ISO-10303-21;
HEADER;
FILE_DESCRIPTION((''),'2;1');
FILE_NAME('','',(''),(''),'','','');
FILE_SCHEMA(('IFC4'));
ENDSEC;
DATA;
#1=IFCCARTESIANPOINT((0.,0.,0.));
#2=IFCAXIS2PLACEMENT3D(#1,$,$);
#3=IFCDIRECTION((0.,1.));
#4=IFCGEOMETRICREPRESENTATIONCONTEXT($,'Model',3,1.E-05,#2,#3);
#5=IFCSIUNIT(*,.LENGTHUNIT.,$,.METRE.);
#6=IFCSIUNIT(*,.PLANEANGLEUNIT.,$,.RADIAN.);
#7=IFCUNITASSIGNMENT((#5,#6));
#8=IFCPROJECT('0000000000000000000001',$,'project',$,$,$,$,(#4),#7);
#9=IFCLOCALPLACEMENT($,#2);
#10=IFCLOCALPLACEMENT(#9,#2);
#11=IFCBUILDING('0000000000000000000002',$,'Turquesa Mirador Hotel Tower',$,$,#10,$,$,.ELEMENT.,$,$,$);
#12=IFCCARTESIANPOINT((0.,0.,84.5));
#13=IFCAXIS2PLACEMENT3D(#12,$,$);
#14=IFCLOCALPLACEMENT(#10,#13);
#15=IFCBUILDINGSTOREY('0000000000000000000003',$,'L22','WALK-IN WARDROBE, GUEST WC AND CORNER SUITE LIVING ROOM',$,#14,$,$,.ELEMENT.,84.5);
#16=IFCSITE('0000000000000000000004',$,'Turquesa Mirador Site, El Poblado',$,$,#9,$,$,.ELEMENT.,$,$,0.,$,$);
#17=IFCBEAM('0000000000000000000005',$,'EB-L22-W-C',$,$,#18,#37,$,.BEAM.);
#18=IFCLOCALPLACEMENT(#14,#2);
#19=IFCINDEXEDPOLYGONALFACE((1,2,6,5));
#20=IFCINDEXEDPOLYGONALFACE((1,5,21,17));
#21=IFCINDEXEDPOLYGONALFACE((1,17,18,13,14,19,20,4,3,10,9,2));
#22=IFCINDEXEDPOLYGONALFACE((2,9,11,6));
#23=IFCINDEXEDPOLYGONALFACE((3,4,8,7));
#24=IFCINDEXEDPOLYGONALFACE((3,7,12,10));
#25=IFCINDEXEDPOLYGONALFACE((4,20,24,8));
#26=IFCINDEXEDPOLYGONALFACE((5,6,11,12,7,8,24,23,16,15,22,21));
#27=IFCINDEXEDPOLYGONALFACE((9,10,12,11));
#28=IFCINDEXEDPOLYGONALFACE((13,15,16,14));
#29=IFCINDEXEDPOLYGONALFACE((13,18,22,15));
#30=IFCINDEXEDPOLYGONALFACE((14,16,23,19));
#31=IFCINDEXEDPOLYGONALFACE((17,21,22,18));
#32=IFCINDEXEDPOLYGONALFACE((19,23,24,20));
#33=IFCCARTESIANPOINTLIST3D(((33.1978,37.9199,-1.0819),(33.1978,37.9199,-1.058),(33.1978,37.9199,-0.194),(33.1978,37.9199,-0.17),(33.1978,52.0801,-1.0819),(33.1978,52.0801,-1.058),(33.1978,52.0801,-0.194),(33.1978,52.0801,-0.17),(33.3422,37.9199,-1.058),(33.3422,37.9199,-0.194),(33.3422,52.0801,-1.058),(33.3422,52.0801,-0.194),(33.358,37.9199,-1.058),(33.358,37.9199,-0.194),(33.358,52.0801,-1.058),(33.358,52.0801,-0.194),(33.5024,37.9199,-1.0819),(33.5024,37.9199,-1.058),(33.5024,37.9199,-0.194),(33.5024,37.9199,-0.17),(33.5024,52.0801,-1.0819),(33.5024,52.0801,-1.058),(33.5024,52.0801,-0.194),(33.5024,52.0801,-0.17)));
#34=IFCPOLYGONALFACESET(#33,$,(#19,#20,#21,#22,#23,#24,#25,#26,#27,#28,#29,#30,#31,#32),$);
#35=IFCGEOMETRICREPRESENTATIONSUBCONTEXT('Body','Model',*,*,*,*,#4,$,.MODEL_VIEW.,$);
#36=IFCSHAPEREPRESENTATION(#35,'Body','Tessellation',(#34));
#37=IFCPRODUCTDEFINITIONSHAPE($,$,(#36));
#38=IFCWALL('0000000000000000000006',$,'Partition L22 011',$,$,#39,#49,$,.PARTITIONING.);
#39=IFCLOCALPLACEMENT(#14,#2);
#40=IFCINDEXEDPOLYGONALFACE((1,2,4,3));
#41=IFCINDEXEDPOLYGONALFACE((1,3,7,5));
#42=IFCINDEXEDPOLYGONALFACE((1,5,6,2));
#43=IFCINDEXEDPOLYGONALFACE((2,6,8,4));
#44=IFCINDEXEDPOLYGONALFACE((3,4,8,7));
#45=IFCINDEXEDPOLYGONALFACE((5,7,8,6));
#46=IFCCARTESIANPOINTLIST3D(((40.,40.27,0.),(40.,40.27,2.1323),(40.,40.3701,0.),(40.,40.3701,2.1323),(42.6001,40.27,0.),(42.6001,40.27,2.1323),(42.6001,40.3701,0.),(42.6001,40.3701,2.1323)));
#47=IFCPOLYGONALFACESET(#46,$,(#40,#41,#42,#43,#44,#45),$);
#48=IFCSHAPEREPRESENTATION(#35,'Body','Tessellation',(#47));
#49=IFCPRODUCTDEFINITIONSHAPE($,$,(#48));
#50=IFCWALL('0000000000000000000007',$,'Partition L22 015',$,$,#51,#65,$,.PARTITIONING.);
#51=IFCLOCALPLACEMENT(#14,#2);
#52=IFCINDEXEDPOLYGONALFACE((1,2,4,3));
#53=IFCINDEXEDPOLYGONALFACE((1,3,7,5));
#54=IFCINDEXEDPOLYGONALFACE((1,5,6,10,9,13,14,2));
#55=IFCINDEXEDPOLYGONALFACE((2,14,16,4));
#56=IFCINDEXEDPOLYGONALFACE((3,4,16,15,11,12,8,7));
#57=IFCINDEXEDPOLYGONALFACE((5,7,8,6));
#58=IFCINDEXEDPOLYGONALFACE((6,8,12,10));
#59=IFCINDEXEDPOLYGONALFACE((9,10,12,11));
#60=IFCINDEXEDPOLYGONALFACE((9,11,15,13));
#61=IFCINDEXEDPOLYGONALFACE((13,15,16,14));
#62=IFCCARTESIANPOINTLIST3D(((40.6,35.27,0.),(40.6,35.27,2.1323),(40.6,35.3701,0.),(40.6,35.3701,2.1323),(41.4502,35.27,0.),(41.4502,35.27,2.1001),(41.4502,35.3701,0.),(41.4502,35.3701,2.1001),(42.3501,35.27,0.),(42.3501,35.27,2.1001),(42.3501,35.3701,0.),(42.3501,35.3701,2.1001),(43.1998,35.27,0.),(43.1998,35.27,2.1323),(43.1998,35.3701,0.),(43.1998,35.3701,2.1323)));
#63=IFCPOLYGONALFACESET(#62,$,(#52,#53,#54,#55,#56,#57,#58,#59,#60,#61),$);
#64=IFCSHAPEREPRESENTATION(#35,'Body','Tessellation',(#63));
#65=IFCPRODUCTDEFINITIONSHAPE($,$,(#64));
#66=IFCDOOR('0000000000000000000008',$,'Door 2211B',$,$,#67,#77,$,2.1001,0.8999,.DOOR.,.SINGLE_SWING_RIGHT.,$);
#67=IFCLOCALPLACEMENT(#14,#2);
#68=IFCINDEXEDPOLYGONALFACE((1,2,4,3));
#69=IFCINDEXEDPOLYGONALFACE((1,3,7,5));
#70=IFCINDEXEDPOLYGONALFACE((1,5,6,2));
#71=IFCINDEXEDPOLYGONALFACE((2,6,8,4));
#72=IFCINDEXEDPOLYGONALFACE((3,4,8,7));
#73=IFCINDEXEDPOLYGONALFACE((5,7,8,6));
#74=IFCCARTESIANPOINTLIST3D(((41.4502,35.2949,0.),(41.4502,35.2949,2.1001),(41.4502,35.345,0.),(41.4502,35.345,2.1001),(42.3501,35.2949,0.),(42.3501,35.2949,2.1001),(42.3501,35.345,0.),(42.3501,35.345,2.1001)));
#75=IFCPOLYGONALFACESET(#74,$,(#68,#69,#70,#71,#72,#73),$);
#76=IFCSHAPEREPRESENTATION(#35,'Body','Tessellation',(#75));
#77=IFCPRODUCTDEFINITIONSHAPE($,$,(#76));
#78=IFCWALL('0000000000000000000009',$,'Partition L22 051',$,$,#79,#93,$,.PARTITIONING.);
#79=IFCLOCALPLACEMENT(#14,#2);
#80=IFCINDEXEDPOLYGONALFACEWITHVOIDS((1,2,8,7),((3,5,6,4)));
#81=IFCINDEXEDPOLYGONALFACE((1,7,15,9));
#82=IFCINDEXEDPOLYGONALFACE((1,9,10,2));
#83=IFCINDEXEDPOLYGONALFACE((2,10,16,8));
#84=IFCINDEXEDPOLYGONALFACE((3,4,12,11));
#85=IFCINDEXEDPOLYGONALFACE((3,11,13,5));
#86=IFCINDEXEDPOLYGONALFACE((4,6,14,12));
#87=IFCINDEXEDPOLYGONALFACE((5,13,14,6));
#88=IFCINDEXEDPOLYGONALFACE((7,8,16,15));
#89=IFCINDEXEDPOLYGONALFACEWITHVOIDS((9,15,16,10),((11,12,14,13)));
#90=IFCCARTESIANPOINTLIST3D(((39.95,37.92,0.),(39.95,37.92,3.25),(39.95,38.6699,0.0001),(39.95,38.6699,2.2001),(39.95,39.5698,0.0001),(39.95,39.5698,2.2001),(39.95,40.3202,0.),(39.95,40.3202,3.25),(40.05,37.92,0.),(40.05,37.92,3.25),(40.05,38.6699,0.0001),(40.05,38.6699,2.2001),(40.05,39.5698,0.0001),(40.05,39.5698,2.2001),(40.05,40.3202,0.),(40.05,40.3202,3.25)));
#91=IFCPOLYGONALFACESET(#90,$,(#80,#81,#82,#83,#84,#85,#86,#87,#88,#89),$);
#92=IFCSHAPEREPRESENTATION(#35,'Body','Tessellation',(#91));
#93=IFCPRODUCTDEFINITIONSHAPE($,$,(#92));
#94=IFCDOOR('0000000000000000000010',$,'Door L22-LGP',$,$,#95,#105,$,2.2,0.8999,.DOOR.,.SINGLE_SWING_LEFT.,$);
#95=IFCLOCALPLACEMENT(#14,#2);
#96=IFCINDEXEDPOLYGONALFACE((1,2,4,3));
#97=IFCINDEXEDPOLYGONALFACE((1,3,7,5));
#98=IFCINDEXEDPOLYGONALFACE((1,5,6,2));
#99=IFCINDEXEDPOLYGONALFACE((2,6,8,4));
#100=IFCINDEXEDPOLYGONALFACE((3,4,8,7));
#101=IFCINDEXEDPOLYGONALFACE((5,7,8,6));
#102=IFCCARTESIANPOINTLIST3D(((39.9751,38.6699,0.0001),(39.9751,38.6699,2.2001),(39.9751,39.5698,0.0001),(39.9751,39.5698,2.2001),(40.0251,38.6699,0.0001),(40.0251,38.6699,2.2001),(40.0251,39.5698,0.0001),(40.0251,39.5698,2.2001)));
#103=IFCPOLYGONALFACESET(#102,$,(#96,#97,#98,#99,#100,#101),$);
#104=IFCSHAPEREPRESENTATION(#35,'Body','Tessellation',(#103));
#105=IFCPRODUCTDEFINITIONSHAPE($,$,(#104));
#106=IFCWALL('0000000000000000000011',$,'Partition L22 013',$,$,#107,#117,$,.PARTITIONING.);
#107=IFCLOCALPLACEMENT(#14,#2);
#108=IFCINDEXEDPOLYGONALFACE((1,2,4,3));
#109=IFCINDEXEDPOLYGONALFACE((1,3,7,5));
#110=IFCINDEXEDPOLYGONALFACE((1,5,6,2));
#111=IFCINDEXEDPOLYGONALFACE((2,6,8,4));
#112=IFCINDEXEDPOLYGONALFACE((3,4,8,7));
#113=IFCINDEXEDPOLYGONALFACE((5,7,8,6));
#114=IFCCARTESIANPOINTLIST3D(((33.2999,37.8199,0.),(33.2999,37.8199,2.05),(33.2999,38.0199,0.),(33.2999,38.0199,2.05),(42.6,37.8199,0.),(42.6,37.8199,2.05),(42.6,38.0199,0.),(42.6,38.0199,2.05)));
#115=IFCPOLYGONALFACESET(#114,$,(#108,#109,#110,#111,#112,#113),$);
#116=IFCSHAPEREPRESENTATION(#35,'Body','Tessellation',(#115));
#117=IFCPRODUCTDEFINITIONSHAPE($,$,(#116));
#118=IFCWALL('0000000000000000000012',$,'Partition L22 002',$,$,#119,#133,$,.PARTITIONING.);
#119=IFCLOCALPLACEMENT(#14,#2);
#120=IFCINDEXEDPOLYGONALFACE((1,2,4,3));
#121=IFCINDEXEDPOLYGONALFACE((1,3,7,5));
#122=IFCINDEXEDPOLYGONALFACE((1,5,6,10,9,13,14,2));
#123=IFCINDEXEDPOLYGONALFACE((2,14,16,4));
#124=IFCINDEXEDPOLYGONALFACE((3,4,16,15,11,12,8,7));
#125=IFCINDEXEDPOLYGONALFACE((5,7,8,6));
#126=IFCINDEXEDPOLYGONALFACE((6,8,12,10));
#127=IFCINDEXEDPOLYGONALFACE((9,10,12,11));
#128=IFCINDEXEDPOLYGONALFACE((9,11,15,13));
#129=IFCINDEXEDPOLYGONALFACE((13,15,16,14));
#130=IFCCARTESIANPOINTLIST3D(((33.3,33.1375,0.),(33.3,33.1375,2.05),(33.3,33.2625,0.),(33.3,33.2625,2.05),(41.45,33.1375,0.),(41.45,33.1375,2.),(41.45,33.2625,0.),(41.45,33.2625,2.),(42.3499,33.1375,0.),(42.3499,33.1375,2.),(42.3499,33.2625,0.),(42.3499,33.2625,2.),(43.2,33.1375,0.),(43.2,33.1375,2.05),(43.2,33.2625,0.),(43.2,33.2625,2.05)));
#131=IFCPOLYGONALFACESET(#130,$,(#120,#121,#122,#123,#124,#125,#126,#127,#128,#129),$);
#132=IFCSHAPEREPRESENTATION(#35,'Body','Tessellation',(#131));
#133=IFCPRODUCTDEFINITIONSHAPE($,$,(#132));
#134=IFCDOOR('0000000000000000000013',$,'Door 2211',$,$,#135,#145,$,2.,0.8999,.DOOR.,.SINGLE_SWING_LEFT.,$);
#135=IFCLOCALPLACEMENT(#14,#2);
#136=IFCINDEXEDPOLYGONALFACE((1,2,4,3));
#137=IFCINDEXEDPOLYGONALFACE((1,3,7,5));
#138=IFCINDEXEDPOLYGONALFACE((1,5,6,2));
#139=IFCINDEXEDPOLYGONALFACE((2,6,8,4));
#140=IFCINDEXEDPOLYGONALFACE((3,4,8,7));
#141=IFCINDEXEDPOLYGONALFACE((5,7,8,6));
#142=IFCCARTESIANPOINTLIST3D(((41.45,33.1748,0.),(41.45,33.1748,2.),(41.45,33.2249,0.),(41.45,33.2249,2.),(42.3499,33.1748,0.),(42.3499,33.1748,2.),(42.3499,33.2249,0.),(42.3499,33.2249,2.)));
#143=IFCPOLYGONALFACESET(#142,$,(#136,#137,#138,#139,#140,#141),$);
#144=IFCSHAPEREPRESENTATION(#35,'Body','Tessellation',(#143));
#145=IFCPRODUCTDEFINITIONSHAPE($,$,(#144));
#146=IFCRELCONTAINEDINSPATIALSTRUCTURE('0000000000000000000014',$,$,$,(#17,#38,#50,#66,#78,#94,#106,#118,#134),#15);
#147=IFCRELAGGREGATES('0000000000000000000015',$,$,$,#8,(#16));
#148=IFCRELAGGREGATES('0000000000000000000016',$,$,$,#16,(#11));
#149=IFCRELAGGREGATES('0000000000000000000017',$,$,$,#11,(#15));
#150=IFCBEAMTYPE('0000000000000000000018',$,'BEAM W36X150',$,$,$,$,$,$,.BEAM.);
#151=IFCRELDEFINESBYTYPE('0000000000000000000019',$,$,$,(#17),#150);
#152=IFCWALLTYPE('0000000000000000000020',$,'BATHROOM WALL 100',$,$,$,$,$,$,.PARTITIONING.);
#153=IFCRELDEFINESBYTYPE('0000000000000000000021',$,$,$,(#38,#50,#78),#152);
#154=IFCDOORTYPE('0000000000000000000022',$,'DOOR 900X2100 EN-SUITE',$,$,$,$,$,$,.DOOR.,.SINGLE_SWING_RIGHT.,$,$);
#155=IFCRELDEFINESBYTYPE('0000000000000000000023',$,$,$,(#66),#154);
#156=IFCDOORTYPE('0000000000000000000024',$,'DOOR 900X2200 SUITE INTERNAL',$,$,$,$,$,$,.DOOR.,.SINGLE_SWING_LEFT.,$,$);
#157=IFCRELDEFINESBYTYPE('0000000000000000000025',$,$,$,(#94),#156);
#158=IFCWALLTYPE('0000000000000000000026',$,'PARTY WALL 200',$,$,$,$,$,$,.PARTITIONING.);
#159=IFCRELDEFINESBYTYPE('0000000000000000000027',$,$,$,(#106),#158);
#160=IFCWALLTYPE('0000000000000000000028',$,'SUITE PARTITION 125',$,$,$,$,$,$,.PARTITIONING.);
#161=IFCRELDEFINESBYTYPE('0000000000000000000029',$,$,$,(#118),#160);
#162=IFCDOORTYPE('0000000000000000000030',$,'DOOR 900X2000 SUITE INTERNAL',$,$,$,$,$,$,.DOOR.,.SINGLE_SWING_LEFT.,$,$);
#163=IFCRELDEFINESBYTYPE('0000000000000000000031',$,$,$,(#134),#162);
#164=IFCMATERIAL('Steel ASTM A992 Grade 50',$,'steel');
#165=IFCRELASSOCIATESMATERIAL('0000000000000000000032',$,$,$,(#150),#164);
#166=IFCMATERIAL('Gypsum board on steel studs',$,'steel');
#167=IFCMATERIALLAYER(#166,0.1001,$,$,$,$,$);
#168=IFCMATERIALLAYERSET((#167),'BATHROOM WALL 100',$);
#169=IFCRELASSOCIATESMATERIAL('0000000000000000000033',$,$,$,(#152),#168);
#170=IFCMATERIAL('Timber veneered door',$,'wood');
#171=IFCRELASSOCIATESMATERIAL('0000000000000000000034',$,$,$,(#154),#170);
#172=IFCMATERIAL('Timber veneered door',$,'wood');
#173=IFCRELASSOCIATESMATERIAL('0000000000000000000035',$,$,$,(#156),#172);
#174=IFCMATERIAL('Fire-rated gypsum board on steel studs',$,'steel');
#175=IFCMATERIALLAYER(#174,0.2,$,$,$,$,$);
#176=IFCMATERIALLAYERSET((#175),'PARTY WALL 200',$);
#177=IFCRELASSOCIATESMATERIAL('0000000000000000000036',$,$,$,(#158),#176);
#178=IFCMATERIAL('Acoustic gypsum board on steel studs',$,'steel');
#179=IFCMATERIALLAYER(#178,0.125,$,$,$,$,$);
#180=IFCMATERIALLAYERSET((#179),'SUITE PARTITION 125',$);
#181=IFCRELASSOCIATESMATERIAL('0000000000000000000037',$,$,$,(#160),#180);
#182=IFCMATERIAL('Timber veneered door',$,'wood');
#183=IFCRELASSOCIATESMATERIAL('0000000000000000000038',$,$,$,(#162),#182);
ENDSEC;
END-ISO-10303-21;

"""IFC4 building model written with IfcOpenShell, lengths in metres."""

from ifc_helpers import new_model, si_unit, direction, frame, frame_2d, origin, origin_2d, place, context, subcontext, project, spatial, rectangle, i_section, extrude, material, layer, layer_set, material_profile, profile_set, type_object, element, fill, save


model = new_model("IFC4")

# Units and contexts
model_context = context("Model", 3, precision=1e-05, world=origin(), true_north=direction((0.0, 1.0)))
body_context = subcontext(model_context, "Body", "Model", "MODEL_VIEW")
ifc_project = project(units=[si_unit("LENGTHUNIT", "METRE"), si_unit("PLANEANGLEUNIT", "RADIAN")], contexts=[model_context])

# Site, building, storey
site_placement = place(None, origin())
site = spatial("IfcSite", under=ifc_project, at=site_placement, Name="Turquesa Mirador Site, El Poblado", CompositionType="ELEMENT", RefElevation=0.0)
building_placement = place(site_placement, origin())
building = spatial("IfcBuilding", under=site, at=building_placement, Name="Turquesa Mirador Hotel Tower", CompositionType="ELEMENT")
storey_placement = place(building_placement, frame((0.0, 0.0, 84.5)))
storey = spatial("IfcBuildingStorey", under=building, at=storey_placement, Name="L22", Description="WALK-IN WARDROBE, GUEST WC AND CORNER SUITE LIVING ROOM", CompositionType="ELEMENT", Elevation=84.5)

# Beam
ifc_material_1 = material(Name="Steel ASTM A992 Grade 50", Category="steel")
ifc_material_profile_1 = material_profile(ifc_material_1, i_section(OverallWidth=0.3047, OverallDepth=0.9119, WebThickness=0.0159, FlangeThickness=0.0239, at=origin_2d()), Name="W36X150")
ifc_profile_set_1 = profile_set([ifc_material_profile_1], Name="Steel ASTM A992 Grade 50")
beam_type_1 = type_object("IfcBeamType", Name="BEAM W36X150", PredefinedType="BEAM", material=ifc_profile_set_1)
beam_1_placement = place(storey_placement, frame((33.3501, 37.9199, -0.626), z_axis=(0.0, 1.0, 0.0), x_axis=(-1.0, 0.0, 0.0)))
element("IfcBeam", 1, at=beam_1_placement, inside=storey, type_object=beam_type_1, Name="EB-L22-W-C", PredefinedType="BEAM", context=body_context, shape_type="SweptSolid", body=[
    extrude(i_section(OverallWidth=0.3047, OverallDepth=0.9119, WebThickness=0.0159, FlangeThickness=0.0239, at=origin_2d()), origin(), (0.0, 0.0, 1.0), 14.1602),
])

# Wall
ifc_material_2 = material(Name="Gypsum board on steel studs", Category="steel")
ifc_layer_1 = layer(ifc_material_2, 0.1001)
ifc_layer_set_1 = layer_set([ifc_layer_1], Name="BATHROOM WALL 100")
wall_type_1 = type_object("IfcWallType", Name="BATHROOM WALL 100", PredefinedType="PARTITIONING", material=ifc_layer_set_1)
wall_1_placement = place(storey_placement, frame((40.0, 40.3201, 0.0), z_axis=(0.0, 0.0, 1.0), x_axis=(1.0, 0.0, 0.0)))
element("IfcWall", 2, at=wall_1_placement, inside=storey, type_object=wall_type_1, Name="Partition L22 011", PredefinedType="PARTITIONING", context=body_context, shape_type="SweptSolid", body=[
    extrude(rectangle(XDim=2.6001, YDim=0.1001, at=frame_2d((1.3, 0.0))), origin(), (0.0, 0.0, 1.0), 2.1323),
])

# Walls, openings, doors
wall_2_placement = place(storey_placement, frame((40.6001, 35.3201, 0.0), z_axis=(0.0, 0.0, 1.0), x_axis=(1.0, 0.0, 0.0)))
wall_2 = element("IfcWall", 3, at=wall_2_placement, inside=storey, type_object=wall_type_1, Name="Partition L22 015", PredefinedType="PARTITIONING", context=body_context, shape_type="SweptSolid", body=[
    extrude(rectangle(XDim=2.5999, YDim=0.1001, at=frame_2d((1.2998, 0.0))), origin(), (0.0, 0.0, 1.0), 2.1323),
])
opening_1_placement = place(wall_2_placement, frame((0.8501, 0.0, 0.0)))
opening_1 = element("IfcOpeningElement", 4, at=opening_1_placement, cuts=wall_2, PredefinedType="OPENING", context=body_context, shape_type="SweptSolid", body=[
    extrude(rectangle(XDim=0.8999, YDim=2.1001, at=frame_2d((0.45, 1.05))), frame((0.0, 0.0601, 0.0), z_axis=(0.0, -1.0, 0.0), x_axis=(1.0, 0.0, 0.0)), (0.0, 0.0, 1.0), 0.1201),
])
ifc_material_3 = material(Name="Timber veneered door", Category="wood")
door_type_1 = type_object("IfcDoorType", Name="DOOR 900X2100 EN-SUITE", OperationType="SINGLE_SWING_RIGHT", PredefinedType="DOOR", material=ifc_material_3)
door_1_placement = place(opening_1_placement, origin())
door_1 = element("IfcDoor", 5, at=door_1_placement, inside=storey, type_object=door_type_1, Name="Door 2211B", OperationType="SINGLE_SWING_RIGHT", OverallHeight=2.1001, OverallWidth=0.8999, PredefinedType="DOOR", context=body_context, shape_type="SweptSolid", body=[
    extrude(rectangle(XDim=0.8999, YDim=2.1001, at=frame_2d((0.45, 1.05))), frame((0.0, 0.0249, 0.0), z_axis=(0.0, -1.0, 0.0), x_axis=(1.0, 0.0, 0.0)), (0.0, 0.0, 1.0), 0.05),
])
fill(opening_1, door_1)
wall_3_placement = place(storey_placement, frame((40.0, 37.9199, 0.0), z_axis=(0.0, 0.0, 1.0), x_axis=(0.0, 1.0, 0.0)))
wall_3 = element("IfcWall", 6, at=wall_3_placement, inside=storey, type_object=wall_type_1, Name="Partition L22 051", PredefinedType="PARTITIONING", context=body_context, shape_type="SweptSolid", body=[
    extrude(rectangle(XDim=2.4001, YDim=0.1001, at=frame_2d((1.2002, 0.0))), origin(), (0.0, 0.0, 1.0), 3.25),
])
opening_2_placement = place(wall_3_placement, frame((0.75, 0.0, 0.0)))
opening_2 = element("IfcOpeningElement", 7, at=opening_2_placement, cuts=wall_3, PredefinedType="OPENING", context=body_context, shape_type="SweptSolid", body=[
    extrude(rectangle(XDim=0.8999, YDim=2.2, at=frame_2d((0.45, 1.1001))), frame((0.0, 0.0601, 0.0), z_axis=(0.0, -1.0, 0.0), x_axis=(1.0, 0.0, 0.0)), (0.0, 0.0, 1.0), 0.1201),
])
ifc_material_4 = material(Name="Timber veneered door", Category="wood")
door_type_2 = type_object("IfcDoorType", Name="DOOR 900X2200 SUITE INTERNAL", OperationType="SINGLE_SWING_LEFT", PredefinedType="DOOR", material=ifc_material_4)
door_2_placement = place(opening_2_placement, origin())
door_2 = element("IfcDoor", 8, at=door_2_placement, inside=storey, type_object=door_type_2, Name="Door L22-LGP", OperationType="SINGLE_SWING_LEFT", OverallHeight=2.2, OverallWidth=0.8999, PredefinedType="DOOR", context=body_context, shape_type="SweptSolid", body=[
    extrude(rectangle(XDim=0.8999, YDim=2.2, at=frame_2d((0.45, 1.1001))), frame((0.0, 0.0249, 0.0), z_axis=(0.0, -1.0, 0.0), x_axis=(1.0, 0.0, 0.0)), (0.0, 0.0, 1.0), 0.05),
])
fill(opening_2, door_2)

# Wall
ifc_material_5 = material(Name="Fire-rated gypsum board on steel studs", Category="steel")
ifc_layer_2 = layer(ifc_material_5, 0.2)
ifc_layer_set_2 = layer_set([ifc_layer_2], Name="PARTY WALL 200")
wall_type_2 = type_object("IfcWallType", Name="PARTY WALL 200", PredefinedType="PARTITIONING", material=ifc_layer_set_2)
wall_4_placement = place(storey_placement, frame((33.3, 37.9199, 0.0), z_axis=(0.0, 0.0, 1.0), x_axis=(1.0, 0.0, 0.0)))
element("IfcWall", 9, at=wall_4_placement, inside=storey, type_object=wall_type_2, Name="Partition L22 013", PredefinedType="PARTITIONING", context=body_context, shape_type="SweptSolid", body=[
    extrude(rectangle(XDim=9.3, YDim=0.2, at=frame_2d((4.6499, 0.0))), origin(), (0.0, 0.0, 1.0), 2.05),
])

# Wall, opening, door
ifc_material_6 = material(Name="Acoustic gypsum board on steel studs", Category="steel")
ifc_layer_3 = layer(ifc_material_6, 0.125)
ifc_layer_set_3 = layer_set([ifc_layer_3], Name="SUITE PARTITION 125")
wall_type_3 = type_object("IfcWallType", Name="SUITE PARTITION 125", PredefinedType="PARTITIONING", material=ifc_layer_set_3)
wall_5_placement = place(storey_placement, frame((33.3, 33.2, 0.0), z_axis=(0.0, 0.0, 1.0), x_axis=(1.0, 0.0, 0.0)))
wall_5 = element("IfcWall", 10, at=wall_5_placement, inside=storey, type_object=wall_type_3, Name="Partition L22 002", PredefinedType="PARTITIONING", context=body_context, shape_type="SweptSolid", body=[
    extrude(rectangle(XDim=9.8999, YDim=0.125, at=frame_2d((4.95, 0.0))), origin(), (0.0, 0.0, 1.0), 2.05),
])
opening_3_placement = place(wall_5_placement, frame((8.1499, 0.0, 0.0)))
opening_3 = element("IfcOpeningElement", 11, at=opening_3_placement, cuts=wall_5, PredefinedType="OPENING", context=body_context, shape_type="SweptSolid", body=[
    extrude(rectangle(XDim=0.8999, YDim=2.0, at=frame_2d((0.45, 1.0))), frame((0.0, 0.0725, 0.0), z_axis=(0.0, -1.0, 0.0), x_axis=(1.0, 0.0, 0.0)), (0.0, 0.0, 1.0), 0.145),
])
ifc_material_7 = material(Name="Timber veneered door", Category="wood")
door_type_3 = type_object("IfcDoorType", Name="DOOR 900X2000 SUITE INTERNAL", OperationType="SINGLE_SWING_LEFT", PredefinedType="DOOR", material=ifc_material_7)
door_3_placement = place(opening_3_placement, origin())
door_3 = element("IfcDoor", 12, at=door_3_placement, inside=storey, type_object=door_type_3, Name="Door 2211", OperationType="SINGLE_SWING_LEFT", OverallHeight=2.0, OverallWidth=0.8999, PredefinedType="DOOR", context=body_context, shape_type="SweptSolid", body=[
    extrude(rectangle(XDim=0.8999, YDim=2.0, at=frame_2d((0.45, 1.0))), frame((0.0, 0.0249, 0.0), z_axis=(0.0, -1.0, 0.0), x_axis=(1.0, 0.0, 0.0)), (0.0, 0.0, 1.0), 0.05),
])
fill(opening_3, door_3)

save(model, "model.ifc")
